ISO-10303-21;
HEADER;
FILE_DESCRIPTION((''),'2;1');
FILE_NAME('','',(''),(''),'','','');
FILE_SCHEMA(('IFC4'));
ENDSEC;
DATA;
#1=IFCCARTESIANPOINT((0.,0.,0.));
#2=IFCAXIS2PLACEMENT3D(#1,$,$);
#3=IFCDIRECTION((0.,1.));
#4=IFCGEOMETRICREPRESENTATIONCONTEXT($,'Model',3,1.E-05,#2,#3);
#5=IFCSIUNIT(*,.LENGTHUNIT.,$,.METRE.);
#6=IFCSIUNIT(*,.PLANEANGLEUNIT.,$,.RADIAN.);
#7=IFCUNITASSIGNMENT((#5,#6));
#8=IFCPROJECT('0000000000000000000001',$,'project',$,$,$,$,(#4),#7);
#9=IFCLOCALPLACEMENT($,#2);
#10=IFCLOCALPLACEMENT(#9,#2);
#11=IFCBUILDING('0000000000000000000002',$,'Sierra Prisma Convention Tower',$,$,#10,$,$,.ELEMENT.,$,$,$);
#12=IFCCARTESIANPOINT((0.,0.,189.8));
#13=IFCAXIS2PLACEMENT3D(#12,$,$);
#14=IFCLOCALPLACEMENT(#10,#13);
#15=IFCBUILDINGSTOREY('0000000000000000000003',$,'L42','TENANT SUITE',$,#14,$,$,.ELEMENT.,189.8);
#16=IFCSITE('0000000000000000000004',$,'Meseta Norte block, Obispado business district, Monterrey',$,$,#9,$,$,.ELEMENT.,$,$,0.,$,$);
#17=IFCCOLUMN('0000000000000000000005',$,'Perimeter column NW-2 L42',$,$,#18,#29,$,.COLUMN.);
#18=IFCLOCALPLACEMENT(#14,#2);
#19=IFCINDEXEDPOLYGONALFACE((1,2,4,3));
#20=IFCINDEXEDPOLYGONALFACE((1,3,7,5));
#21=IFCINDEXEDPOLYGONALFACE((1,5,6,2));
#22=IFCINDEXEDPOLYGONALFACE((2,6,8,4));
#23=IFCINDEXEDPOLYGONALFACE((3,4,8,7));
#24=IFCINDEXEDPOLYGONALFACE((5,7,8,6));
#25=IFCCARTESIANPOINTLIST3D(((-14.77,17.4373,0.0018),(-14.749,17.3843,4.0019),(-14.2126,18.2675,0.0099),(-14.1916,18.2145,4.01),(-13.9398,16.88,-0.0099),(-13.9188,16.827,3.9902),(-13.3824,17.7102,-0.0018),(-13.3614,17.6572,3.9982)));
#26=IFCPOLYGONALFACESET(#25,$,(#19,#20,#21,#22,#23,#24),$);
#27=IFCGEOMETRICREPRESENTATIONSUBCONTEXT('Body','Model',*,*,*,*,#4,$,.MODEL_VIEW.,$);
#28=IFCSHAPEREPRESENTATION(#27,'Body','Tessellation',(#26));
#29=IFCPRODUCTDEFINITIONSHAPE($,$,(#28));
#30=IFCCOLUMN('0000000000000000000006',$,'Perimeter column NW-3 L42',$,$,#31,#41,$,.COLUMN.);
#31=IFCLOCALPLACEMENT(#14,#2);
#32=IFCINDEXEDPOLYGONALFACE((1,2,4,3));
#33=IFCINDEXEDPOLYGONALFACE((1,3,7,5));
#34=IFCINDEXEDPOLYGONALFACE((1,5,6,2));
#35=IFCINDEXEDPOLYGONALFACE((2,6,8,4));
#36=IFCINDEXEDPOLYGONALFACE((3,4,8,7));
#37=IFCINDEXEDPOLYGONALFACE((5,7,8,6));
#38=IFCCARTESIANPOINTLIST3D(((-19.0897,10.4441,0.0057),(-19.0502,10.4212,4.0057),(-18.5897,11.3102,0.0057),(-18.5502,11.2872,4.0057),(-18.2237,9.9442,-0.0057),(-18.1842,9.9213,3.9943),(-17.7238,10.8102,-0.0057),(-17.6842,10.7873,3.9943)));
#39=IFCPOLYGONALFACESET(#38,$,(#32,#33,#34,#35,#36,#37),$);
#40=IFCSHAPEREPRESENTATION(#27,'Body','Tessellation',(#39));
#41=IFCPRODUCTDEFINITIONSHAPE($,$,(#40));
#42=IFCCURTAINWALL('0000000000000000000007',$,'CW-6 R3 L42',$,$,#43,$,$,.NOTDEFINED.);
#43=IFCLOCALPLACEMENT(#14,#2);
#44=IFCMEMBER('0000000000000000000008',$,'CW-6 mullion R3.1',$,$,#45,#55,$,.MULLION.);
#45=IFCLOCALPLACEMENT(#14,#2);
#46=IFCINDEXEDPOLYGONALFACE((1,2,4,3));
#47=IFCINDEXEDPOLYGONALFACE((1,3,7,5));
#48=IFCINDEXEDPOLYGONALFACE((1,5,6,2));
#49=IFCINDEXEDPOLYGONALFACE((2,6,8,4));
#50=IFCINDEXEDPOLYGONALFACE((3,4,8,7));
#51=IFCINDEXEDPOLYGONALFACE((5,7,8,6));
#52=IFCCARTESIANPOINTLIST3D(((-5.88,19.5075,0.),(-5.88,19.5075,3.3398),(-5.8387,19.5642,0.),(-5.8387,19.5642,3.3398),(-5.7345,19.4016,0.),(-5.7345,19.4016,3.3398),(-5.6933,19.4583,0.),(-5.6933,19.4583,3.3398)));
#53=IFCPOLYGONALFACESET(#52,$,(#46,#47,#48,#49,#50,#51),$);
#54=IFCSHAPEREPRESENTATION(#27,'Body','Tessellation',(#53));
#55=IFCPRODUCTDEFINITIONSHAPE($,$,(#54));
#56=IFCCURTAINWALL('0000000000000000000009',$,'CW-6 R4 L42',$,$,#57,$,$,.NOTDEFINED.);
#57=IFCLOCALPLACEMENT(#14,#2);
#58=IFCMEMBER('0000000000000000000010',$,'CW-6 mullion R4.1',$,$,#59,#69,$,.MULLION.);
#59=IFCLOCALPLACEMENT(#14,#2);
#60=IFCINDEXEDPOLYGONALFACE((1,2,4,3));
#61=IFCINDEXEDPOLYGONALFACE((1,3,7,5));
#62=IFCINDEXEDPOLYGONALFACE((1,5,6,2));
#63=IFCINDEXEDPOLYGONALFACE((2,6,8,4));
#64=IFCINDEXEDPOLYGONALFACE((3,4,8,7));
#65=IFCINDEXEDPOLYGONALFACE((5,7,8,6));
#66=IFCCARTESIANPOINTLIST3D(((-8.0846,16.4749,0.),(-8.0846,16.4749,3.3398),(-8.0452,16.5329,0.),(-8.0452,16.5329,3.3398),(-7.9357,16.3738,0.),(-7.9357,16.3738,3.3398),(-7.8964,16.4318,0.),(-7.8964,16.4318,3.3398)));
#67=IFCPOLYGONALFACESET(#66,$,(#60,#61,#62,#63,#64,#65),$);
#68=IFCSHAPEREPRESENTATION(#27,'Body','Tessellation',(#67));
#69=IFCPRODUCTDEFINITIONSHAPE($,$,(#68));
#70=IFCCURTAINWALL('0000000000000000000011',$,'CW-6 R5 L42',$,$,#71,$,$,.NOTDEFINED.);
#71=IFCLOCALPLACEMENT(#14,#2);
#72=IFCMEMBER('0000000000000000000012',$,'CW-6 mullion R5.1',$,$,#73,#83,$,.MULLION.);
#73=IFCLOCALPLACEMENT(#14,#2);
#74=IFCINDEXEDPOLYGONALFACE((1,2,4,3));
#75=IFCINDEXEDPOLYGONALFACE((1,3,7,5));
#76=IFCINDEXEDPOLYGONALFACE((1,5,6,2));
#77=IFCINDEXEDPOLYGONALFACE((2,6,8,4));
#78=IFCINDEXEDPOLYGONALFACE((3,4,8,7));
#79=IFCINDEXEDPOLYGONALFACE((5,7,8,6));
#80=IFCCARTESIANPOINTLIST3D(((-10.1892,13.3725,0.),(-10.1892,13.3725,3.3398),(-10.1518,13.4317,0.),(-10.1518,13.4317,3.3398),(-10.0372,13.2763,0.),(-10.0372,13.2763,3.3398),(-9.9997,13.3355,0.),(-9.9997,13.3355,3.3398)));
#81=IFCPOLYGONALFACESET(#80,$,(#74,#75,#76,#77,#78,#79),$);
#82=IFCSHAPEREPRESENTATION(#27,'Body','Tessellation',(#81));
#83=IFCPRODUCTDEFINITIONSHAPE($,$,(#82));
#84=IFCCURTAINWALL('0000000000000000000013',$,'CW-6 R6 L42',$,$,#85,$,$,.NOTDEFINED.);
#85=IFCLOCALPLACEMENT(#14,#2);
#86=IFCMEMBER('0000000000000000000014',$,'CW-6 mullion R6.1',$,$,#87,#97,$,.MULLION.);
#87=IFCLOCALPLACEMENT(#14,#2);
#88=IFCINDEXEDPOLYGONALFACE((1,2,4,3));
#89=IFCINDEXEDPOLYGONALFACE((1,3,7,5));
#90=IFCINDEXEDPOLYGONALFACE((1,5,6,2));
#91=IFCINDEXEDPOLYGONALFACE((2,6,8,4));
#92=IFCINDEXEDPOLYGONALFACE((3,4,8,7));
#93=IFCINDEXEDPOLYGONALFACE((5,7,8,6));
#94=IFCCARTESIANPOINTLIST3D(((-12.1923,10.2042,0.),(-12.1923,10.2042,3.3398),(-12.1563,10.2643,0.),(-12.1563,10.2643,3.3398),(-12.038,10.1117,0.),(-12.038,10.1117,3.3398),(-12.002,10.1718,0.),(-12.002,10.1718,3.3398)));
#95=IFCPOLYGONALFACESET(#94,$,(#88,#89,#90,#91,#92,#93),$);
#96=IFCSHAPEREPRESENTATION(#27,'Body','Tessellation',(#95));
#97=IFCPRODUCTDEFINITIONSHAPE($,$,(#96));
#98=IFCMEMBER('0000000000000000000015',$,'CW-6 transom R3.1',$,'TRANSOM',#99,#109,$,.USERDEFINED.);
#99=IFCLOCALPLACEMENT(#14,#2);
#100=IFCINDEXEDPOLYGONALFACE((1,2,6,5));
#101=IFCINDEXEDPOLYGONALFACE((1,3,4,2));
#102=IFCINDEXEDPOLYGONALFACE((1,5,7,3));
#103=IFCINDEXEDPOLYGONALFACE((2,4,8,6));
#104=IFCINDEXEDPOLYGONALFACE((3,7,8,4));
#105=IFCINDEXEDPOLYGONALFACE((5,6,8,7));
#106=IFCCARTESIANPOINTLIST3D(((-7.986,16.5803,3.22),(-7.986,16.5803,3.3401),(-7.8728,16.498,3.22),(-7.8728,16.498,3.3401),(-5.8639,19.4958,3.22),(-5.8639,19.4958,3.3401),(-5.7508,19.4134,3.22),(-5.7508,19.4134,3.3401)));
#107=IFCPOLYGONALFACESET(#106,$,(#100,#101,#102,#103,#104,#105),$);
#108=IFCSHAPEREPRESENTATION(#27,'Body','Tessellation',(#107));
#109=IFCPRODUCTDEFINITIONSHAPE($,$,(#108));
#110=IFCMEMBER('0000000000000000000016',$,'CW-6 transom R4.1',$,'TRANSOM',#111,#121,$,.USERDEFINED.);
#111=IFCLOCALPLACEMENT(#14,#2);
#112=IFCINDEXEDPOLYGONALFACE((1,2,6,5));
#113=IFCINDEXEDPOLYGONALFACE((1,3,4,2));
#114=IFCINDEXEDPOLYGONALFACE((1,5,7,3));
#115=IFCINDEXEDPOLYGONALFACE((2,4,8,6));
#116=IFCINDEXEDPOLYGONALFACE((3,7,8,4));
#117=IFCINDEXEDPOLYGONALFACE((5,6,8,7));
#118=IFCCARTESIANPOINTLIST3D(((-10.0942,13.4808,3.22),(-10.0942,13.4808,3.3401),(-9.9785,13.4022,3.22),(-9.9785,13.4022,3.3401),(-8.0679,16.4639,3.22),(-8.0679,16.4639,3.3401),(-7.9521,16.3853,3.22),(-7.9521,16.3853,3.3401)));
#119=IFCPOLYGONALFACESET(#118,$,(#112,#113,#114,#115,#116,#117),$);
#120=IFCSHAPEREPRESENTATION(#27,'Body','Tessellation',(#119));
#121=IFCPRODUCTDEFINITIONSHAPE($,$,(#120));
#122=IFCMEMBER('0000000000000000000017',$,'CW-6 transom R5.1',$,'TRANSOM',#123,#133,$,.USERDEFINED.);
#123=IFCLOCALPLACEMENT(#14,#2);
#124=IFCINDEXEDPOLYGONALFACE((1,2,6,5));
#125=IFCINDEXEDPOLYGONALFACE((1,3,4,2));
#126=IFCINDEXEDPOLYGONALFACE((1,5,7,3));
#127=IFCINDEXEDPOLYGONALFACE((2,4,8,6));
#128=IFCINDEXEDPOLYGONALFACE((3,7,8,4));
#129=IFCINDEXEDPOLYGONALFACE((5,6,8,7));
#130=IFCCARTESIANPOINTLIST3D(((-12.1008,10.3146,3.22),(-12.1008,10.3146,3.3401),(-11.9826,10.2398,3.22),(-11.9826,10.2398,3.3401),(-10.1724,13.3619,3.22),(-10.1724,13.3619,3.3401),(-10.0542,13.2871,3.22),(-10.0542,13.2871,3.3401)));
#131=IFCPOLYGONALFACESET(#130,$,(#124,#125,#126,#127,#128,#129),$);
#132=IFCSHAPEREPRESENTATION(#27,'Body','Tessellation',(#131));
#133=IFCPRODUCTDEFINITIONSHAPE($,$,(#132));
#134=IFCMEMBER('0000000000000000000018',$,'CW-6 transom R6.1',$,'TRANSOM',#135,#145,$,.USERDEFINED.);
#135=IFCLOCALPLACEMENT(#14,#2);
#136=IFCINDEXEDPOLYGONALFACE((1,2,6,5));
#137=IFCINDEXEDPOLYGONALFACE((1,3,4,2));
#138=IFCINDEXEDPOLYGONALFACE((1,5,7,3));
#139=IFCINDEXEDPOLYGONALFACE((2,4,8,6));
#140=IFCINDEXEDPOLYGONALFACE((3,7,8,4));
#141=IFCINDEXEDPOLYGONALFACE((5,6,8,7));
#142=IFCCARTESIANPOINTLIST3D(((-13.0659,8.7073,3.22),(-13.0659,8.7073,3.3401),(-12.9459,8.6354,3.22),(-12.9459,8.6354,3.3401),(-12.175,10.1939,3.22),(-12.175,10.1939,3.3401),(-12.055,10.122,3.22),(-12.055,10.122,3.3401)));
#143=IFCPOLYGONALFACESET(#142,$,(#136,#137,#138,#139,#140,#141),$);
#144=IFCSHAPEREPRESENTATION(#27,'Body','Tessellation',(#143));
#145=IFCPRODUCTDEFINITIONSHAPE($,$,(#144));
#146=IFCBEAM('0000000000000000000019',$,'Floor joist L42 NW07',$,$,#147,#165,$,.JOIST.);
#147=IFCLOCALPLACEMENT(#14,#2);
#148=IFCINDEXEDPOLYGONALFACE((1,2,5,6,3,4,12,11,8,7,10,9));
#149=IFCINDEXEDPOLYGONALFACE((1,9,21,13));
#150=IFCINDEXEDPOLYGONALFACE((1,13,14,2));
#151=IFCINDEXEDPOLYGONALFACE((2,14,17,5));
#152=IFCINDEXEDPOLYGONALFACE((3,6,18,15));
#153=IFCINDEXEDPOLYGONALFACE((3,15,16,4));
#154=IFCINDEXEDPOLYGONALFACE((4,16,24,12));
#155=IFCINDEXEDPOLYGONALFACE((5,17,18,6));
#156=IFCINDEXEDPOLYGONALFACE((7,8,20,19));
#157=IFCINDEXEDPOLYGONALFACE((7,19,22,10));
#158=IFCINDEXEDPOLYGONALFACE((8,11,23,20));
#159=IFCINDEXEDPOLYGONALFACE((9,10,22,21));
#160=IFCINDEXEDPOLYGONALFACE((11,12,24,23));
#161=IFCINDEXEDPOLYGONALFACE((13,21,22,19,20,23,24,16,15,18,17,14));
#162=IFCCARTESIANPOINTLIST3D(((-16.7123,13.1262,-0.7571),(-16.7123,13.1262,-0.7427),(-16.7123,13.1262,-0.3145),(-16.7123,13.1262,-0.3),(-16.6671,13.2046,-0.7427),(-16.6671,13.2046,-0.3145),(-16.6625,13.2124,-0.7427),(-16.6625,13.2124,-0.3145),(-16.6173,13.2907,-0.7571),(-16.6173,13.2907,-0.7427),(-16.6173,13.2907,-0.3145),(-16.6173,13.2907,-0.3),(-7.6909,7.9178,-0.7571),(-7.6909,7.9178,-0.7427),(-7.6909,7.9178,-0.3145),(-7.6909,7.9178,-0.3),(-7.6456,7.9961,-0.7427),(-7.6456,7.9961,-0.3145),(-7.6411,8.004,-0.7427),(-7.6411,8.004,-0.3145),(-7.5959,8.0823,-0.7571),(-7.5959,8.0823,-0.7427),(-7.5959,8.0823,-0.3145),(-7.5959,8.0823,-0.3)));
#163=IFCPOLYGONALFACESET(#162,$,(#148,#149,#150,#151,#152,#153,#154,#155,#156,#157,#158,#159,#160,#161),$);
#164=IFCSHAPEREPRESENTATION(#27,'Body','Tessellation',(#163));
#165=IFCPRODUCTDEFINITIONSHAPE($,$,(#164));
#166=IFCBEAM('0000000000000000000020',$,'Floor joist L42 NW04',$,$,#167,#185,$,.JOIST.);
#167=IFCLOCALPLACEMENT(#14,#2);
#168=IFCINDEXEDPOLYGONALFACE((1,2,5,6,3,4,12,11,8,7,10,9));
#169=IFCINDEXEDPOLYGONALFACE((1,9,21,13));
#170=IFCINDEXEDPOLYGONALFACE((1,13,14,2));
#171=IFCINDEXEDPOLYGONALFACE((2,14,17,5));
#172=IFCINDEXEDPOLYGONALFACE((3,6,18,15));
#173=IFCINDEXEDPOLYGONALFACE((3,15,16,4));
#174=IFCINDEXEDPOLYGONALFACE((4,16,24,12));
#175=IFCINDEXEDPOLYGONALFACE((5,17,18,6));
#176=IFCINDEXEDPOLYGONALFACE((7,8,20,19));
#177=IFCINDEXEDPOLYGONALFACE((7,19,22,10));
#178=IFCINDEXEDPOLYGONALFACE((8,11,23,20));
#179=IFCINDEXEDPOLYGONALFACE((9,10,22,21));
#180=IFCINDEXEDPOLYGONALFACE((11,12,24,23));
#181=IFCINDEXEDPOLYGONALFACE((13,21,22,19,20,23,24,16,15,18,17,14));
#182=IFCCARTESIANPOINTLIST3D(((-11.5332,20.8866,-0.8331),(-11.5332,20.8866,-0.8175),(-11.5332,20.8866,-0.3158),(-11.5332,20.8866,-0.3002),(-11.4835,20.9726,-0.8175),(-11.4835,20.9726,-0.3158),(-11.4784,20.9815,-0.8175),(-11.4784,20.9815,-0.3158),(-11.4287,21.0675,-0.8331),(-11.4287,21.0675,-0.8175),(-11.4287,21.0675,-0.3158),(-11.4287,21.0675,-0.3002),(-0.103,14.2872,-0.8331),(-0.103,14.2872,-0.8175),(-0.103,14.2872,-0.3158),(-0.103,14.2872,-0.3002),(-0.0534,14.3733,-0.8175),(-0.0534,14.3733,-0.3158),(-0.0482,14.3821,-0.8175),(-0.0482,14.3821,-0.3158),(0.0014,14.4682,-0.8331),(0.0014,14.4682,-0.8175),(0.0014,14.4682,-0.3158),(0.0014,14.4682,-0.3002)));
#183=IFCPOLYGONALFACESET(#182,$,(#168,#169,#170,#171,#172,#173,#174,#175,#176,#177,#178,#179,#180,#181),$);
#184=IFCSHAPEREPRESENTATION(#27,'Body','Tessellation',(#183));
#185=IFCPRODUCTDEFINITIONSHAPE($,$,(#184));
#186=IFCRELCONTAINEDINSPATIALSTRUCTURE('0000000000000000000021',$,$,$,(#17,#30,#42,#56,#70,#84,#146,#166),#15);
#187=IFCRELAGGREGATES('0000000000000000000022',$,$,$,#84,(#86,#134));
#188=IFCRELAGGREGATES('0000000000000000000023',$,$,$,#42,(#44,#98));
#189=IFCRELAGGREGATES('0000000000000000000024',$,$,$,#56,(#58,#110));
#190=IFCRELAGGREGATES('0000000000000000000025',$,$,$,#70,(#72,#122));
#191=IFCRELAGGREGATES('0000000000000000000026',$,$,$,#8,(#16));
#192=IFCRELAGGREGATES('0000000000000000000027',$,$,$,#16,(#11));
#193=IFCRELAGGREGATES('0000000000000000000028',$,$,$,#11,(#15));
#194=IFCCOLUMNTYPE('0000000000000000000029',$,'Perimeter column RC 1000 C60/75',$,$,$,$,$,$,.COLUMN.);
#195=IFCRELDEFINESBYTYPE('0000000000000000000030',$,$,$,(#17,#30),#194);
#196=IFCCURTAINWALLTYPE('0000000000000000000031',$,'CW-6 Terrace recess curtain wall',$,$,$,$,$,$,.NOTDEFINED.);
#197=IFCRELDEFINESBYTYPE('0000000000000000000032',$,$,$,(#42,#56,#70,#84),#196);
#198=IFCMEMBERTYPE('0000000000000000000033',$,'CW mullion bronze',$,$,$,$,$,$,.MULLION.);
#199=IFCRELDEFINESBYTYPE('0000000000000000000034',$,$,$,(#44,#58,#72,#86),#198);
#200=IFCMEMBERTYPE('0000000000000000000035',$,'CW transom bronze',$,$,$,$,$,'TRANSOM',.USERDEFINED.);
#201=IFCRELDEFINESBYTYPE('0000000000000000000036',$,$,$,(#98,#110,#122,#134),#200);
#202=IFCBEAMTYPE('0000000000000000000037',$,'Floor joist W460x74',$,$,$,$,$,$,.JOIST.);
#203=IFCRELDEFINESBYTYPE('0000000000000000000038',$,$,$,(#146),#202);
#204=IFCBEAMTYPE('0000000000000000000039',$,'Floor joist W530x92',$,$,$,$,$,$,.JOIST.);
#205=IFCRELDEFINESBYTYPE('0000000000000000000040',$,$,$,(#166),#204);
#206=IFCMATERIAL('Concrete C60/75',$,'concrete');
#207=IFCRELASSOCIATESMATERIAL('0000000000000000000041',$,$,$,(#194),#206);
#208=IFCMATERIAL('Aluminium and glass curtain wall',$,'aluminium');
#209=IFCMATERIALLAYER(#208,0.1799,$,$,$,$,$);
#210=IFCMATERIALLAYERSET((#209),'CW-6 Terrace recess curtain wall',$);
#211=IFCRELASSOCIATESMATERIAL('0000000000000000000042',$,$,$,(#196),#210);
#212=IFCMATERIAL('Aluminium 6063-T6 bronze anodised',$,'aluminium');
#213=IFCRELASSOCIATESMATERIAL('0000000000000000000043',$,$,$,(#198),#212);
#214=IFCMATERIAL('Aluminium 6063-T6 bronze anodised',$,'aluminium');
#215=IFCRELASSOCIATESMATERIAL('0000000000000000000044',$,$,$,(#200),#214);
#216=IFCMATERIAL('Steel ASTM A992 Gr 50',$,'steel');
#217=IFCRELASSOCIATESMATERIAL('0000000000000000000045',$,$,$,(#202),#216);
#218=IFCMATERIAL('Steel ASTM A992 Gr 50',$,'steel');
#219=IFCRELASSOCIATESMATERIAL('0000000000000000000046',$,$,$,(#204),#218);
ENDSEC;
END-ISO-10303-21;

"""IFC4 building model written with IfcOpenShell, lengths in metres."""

from ifc_helpers import new_model, si_unit, direction, frame, origin, origin_2d, place, context, subcontext, project, spatial, rectangle, i_section, extrude, material, layer, layer_set, material_profile, profile_set, type_object, element, aggregate, save


model = new_model("IFC4")

# Units and contexts
model_context = context("Model", 3, precision=1e-05, world=origin(), true_north=direction((0.0, 1.0)))
body_context = subcontext(model_context, "Body", "Model", "MODEL_VIEW")
ifc_project = project(units=[si_unit("LENGTHUNIT", "METRE"), si_unit("PLANEANGLEUNIT", "RADIAN")], contexts=[model_context])

# Site, building, storey
site_placement = place(None, origin())
site = spatial("IfcSite", under=ifc_project, at=site_placement, Name="Meseta Norte block, Obispado business district, Monterrey", CompositionType="ELEMENT", RefElevation=0.0)
building_placement = place(site_placement, origin())
building = spatial("IfcBuilding", under=site, at=building_placement, Name="Sierra Prisma Convention Tower", CompositionType="ELEMENT")
storey_placement = place(building_placement, frame((0.0, 0.0, 189.8)))
storey = spatial("IfcBuildingStorey", under=building, at=storey_placement, Name="L42", Description="TENANT SUITE", CompositionType="ELEMENT", Elevation=189.8)

# Columns
ifc_material_1 = material(Name="Concrete C60/75", Category="concrete")
ifc_material_profile_1 = material_profile(ifc_material_1, rectangle(XDim=1.0, YDim=1.0, at=origin_2d()), Name="Perimeter column RC 1000 C60/75")
ifc_profile_set_1 = profile_set([ifc_material_profile_1], Name="Concrete C60/75")
column_type = type_object("IfcColumnType", Name="Perimeter column RC 1000 C60/75", PredefinedType="COLUMN", material=ifc_profile_set_1)
column_1_placement = place(storey_placement, frame((-14.0762, 17.5737, 0.0), z_axis=(0.005248, -0.013243, 0.999899), x_axis=(0.55743, 0.830185, 0.00807)))
element("IfcColumn", 1, at=column_1_placement, inside=storey, type_object=column_type, Name="Perimeter column NW-2 L42", PredefinedType="COLUMN", context=body_context, shape_type="SweptSolid", body=[
    extrude(rectangle(XDim=1.0, YDim=1.0, at=origin_2d()), origin(), (0.0, 0.0, 1.0), 4.0005),
])
column_2_placement = place(storey_placement, frame((-18.4067, 10.6272, 0.0), z_axis=(0.009887, -0.005737, 0.999935), x_axis=(0.499976, 0.86604, 0.000025)))
element("IfcColumn", 2, at=column_2_placement, inside=storey, type_object=column_type, Name="Perimeter column NW-3 L42", PredefinedType="COLUMN", context=body_context, shape_type="SweptSolid", body=[
    extrude(rectangle(XDim=1.0, YDim=1.0, at=origin_2d()), origin(), (0.0, 0.0, 1.0), 4.0002),
])

# Curtain walls, members
ifc_material_2 = material(Name="Aluminium and glass curtain wall", Category="aluminium")
ifc_layer_1 = layer(ifc_material_2, 0.1799)
ifc_layer_set_1 = layer_set([ifc_layer_1], Name="CW-6 Terrace recess curtain wall")
curtain_wall_type = type_object("IfcCurtainWallType", Name="CW-6 Terrace recess curtain wall", PredefinedType="NOTDEFINED", material=ifc_layer_set_1)
curtain_wall_1_placement = place(storey_placement, origin())
curtain_wall_1 = element("IfcCurtainWall", 3, at=curtain_wall_1_placement, inside=storey, type_object=curtain_wall_type, Name="CW-6 R3 L42", PredefinedType="NOTDEFINED")
ifc_material_3 = material(Name="Aluminium 6063-T6 bronze anodised", Category="aluminium")
ifc_material_profile_2 = material_profile(ifc_material_3, rectangle(XDim=0.1799, YDim=0.0701, at=origin_2d()), Name="ALU MULLION 70x180")
ifc_profile_set_2 = profile_set([ifc_material_profile_2], Name="Aluminium 6063-T6 bronze anodised")
member_type_1 = type_object("IfcMemberType", Name="CW mullion bronze", PredefinedType="MULLION", material=ifc_profile_set_2)
member_1_placement = place(storey_placement, frame((-5.7866, 19.4829, 0.0), z_axis=(0.0, 0.0, 1.0), x_axis=(0.808494, -0.588504, 0.0)))
member_1 = element("IfcMember", 4, at=member_1_placement, type_object=member_type_1, Name="CW-6 mullion R3.1", PredefinedType="MULLION", context=body_context, shape_type="SweptSolid", body=[
    extrude(rectangle(XDim=0.1799, YDim=0.0701, at=origin_2d()), origin(), (0.0, 0.0, 1.0), 3.3398),
])
curtain_wall_2_placement = place(storey_placement, origin())
curtain_wall_2 = element("IfcCurtainWall", 5, at=curtain_wall_2_placement, inside=storey, type_object=curtain_wall_type, Name="CW-6 R4 L42", PredefinedType="NOTDEFINED")
member_2_placement = place(storey_placement, frame((-7.9905, 16.4534, 0.0), z_axis=(0.0, 0.0, 1.0), x_axis=(0.827187, -0.561926, 0.0)))
member_2 = element("IfcMember", 6, at=member_2_placement, type_object=member_type_1, Name="CW-6 mullion R4.1", PredefinedType="MULLION", context=body_context, shape_type="SweptSolid", body=[
    extrude(rectangle(XDim=0.1799, YDim=0.0701, at=origin_2d()), origin(), (0.0, 0.0, 1.0), 3.3398),
])
curtain_wall_3_placement = place(storey_placement, origin())
curtain_wall_3 = element("IfcCurtainWall", 7, at=curtain_wall_3_placement, inside=storey, type_object=curtain_wall_type, Name="CW-6 R5 L42", PredefinedType="NOTDEFINED")
member_3_placement = place(storey_placement, frame((-10.0945, 13.354, 0.0), z_axis=(0.0, 0.0, 1.0), x_axis=(0.845007, -0.534755, 0.0)))
member_3 = element("IfcMember", 8, at=member_3_placement, type_object=member_type_1, Name="CW-6 mullion R5.1", PredefinedType="MULLION", context=body_context, shape_type="SweptSolid", body=[
    extrude(rectangle(XDim=0.1799, YDim=0.0701, at=origin_2d()), origin(), (0.0, 0.0, 1.0), 3.3398),
])
curtain_wall_4_placement = place(storey_placement, origin())
curtain_wall_4 = element("IfcCurtainWall", 9, at=curtain_wall_4_placement, inside=storey, type_object=curtain_wall_type, Name="CW-6 R6 L42", PredefinedType="NOTDEFINED")
member_4_placement = place(storey_placement, frame((-12.0972, 10.188, 0.0), z_axis=(0.0, 0.0, 1.0), x_axis=(0.857788, -0.514004, 0.0)))
member_4 = element("IfcMember", 10, at=member_4_placement, type_object=member_type_1, Name="CW-6 mullion R6.1", PredefinedType="MULLION", context=body_context, shape_type="SweptSolid", body=[
    extrude(rectangle(XDim=0.1799, YDim=0.0701, at=origin_2d()), origin(), (0.0, 0.0, 1.0), 3.3398),
])

# Members
ifc_material_4 = material(Name="Aluminium 6063-T6 bronze anodised", Category="aluminium")
ifc_material_profile_3 = material_profile(ifc_material_4, rectangle(XDim=0.1399, YDim=0.1201, at=origin_2d()), Name="ALU TRANSOM 120x140")
ifc_profile_set_3 = profile_set([ifc_material_profile_3], Name="Aluminium 6063-T6 bronze anodised")
member_type_2 = type_object("IfcMemberType", Name="CW transom bronze", ElementType="TRANSOM", PredefinedType="USERDEFINED", material=ifc_profile_set_3)
member_5_placement = place(storey_placement, frame((-5.8074, 19.4546, 3.28), z_axis=(-0.588478, -0.808514, 0.0), x_axis=(0.808514, -0.588478, 0.0)))
member_5 = element("IfcMember", 11, at=member_5_placement, type_object=member_type_2, Name="CW-6 transom R3.1", ObjectType="TRANSOM", PredefinedType="USERDEFINED", context=body_context, shape_type="SweptSolid", body=[
    extrude(rectangle(XDim=0.1399, YDim=0.1201, at=origin_2d()), origin(), (0.0, 0.0, 1.0), 3.606),
])
member_6_placement = place(storey_placement, frame((-8.01, 16.4246, 3.28), z_axis=(-0.561897, -0.827207, 0.0), x_axis=(0.827207, -0.561897, 0.0)))
member_6 = element("IfcMember", 12, at=member_6_placement, type_object=member_type_2, Name="CW-6 transom R4.1", ObjectType="TRANSOM", PredefinedType="USERDEFINED", context=body_context, shape_type="SweptSolid", body=[
    extrude(rectangle(XDim=0.1399, YDim=0.1201, at=origin_2d()), origin(), (0.0, 0.0, 1.0), 3.6062),
])
member_7_placement = place(storey_placement, frame((-10.1133, 13.3245, 3.28), z_axis=(-0.534749, -0.845011, 0.0), x_axis=(0.845011, -0.534749, 0.0)))
member_7 = element("IfcMember", 13, at=member_7_placement, type_object=member_type_2, Name="CW-6 transom R5.1", ObjectType="TRANSOM", PredefinedType="USERDEFINED", context=body_context, shape_type="SweptSolid", body=[
    extrude(rectangle(XDim=0.1399, YDim=0.1201, at=origin_2d()), origin(), (0.0, 0.0, 1.0), 3.6062),
])
member_8_placement = place(storey_placement, frame((-12.115, 10.158, 3.28), z_axis=(-0.51404, -0.857766, 0.0), x_axis=(0.857766, -0.51404, 0.0)))
member_8 = element("IfcMember", 14, at=member_8_placement, type_object=member_type_2, Name="CW-6 transom R6.1", ObjectType="TRANSOM", PredefinedType="USERDEFINED", context=body_context, shape_type="SweptSolid", body=[
    extrude(rectangle(XDim=0.1399, YDim=0.1201, at=origin_2d()), origin(), (0.0, 0.0, 1.0), 1.7332),
])
aggregate(curtain_wall_4, [member_4, member_8])

# Beams
ifc_material_5 = material(Name="Steel ASTM A992 Gr 50", Category="steel")
ifc_material_profile_4 = material_profile(ifc_material_5, i_section(OverallWidth=0.1899, OverallDepth=0.457, WebThickness=0.009, FlangeThickness=0.0144, at=origin_2d()), Name="W460x74")
ifc_profile_set_4 = profile_set([ifc_material_profile_4], Name="Steel ASTM A992 Gr 50")
beam_type_1 = type_object("IfcBeamType", Name="Floor joist W460x74", PredefinedType="JOIST", material=ifc_profile_set_4)
beam_1_placement = place(storey_placement, frame((-16.6648, 13.2085, -0.5286), z_axis=(0.866028, -0.499996, 0.0), x_axis=(0.499996, 0.866028, 0.0)))
element("IfcBeam", 15, at=beam_1_placement, inside=storey, type_object=beam_type_1, Name="Floor joist L42 NW07", PredefinedType="JOIST", context=body_context, shape_type="SweptSolid", body=[
    extrude(i_section(OverallWidth=0.1899, OverallDepth=0.457, WebThickness=0.009, FlangeThickness=0.0144, at=origin_2d()), origin(), (0.0, 0.0, 1.0), 10.417),
])
ifc_material_6 = material(Name="Steel ASTM A992 Gr 50", Category="steel")
ifc_material_profile_5 = material_profile(ifc_material_6, i_section(OverallWidth=0.209, OverallDepth=0.533, WebThickness=0.0103, FlangeThickness=0.0156, at=origin_2d()), Name="W530x92")
ifc_profile_set_5 = profile_set([ifc_material_profile_5], Name="Steel ASTM A992 Gr 50")
beam_type_2 = type_object("IfcBeamType", Name="Floor joist W530x92", PredefinedType="JOIST", material=ifc_profile_set_5)
beam_2_placement = place(storey_placement, frame((-11.481, 20.9771, -0.5667), z_axis=(0.86602, -0.500009, 0.0), x_axis=(0.500009, 0.86602, 0.0)))
element("IfcBeam", 16, at=beam_2_placement, inside=storey, type_object=beam_type_2, Name="Floor joist L42 NW04", PredefinedType="JOIST", context=body_context, shape_type="SweptSolid", body=[
    extrude(i_section(OverallWidth=0.209, OverallDepth=0.533, WebThickness=0.0103, FlangeThickness=0.0156, at=origin_2d()), origin(), (0.0, 0.0, 1.0), 13.1985),
])

aggregate(curtain_wall_1, [member_1, member_5])
aggregate(curtain_wall_2, [member_2, member_6])
aggregate(curtain_wall_3, [member_3, member_7])

save(model, "model.ifc")
